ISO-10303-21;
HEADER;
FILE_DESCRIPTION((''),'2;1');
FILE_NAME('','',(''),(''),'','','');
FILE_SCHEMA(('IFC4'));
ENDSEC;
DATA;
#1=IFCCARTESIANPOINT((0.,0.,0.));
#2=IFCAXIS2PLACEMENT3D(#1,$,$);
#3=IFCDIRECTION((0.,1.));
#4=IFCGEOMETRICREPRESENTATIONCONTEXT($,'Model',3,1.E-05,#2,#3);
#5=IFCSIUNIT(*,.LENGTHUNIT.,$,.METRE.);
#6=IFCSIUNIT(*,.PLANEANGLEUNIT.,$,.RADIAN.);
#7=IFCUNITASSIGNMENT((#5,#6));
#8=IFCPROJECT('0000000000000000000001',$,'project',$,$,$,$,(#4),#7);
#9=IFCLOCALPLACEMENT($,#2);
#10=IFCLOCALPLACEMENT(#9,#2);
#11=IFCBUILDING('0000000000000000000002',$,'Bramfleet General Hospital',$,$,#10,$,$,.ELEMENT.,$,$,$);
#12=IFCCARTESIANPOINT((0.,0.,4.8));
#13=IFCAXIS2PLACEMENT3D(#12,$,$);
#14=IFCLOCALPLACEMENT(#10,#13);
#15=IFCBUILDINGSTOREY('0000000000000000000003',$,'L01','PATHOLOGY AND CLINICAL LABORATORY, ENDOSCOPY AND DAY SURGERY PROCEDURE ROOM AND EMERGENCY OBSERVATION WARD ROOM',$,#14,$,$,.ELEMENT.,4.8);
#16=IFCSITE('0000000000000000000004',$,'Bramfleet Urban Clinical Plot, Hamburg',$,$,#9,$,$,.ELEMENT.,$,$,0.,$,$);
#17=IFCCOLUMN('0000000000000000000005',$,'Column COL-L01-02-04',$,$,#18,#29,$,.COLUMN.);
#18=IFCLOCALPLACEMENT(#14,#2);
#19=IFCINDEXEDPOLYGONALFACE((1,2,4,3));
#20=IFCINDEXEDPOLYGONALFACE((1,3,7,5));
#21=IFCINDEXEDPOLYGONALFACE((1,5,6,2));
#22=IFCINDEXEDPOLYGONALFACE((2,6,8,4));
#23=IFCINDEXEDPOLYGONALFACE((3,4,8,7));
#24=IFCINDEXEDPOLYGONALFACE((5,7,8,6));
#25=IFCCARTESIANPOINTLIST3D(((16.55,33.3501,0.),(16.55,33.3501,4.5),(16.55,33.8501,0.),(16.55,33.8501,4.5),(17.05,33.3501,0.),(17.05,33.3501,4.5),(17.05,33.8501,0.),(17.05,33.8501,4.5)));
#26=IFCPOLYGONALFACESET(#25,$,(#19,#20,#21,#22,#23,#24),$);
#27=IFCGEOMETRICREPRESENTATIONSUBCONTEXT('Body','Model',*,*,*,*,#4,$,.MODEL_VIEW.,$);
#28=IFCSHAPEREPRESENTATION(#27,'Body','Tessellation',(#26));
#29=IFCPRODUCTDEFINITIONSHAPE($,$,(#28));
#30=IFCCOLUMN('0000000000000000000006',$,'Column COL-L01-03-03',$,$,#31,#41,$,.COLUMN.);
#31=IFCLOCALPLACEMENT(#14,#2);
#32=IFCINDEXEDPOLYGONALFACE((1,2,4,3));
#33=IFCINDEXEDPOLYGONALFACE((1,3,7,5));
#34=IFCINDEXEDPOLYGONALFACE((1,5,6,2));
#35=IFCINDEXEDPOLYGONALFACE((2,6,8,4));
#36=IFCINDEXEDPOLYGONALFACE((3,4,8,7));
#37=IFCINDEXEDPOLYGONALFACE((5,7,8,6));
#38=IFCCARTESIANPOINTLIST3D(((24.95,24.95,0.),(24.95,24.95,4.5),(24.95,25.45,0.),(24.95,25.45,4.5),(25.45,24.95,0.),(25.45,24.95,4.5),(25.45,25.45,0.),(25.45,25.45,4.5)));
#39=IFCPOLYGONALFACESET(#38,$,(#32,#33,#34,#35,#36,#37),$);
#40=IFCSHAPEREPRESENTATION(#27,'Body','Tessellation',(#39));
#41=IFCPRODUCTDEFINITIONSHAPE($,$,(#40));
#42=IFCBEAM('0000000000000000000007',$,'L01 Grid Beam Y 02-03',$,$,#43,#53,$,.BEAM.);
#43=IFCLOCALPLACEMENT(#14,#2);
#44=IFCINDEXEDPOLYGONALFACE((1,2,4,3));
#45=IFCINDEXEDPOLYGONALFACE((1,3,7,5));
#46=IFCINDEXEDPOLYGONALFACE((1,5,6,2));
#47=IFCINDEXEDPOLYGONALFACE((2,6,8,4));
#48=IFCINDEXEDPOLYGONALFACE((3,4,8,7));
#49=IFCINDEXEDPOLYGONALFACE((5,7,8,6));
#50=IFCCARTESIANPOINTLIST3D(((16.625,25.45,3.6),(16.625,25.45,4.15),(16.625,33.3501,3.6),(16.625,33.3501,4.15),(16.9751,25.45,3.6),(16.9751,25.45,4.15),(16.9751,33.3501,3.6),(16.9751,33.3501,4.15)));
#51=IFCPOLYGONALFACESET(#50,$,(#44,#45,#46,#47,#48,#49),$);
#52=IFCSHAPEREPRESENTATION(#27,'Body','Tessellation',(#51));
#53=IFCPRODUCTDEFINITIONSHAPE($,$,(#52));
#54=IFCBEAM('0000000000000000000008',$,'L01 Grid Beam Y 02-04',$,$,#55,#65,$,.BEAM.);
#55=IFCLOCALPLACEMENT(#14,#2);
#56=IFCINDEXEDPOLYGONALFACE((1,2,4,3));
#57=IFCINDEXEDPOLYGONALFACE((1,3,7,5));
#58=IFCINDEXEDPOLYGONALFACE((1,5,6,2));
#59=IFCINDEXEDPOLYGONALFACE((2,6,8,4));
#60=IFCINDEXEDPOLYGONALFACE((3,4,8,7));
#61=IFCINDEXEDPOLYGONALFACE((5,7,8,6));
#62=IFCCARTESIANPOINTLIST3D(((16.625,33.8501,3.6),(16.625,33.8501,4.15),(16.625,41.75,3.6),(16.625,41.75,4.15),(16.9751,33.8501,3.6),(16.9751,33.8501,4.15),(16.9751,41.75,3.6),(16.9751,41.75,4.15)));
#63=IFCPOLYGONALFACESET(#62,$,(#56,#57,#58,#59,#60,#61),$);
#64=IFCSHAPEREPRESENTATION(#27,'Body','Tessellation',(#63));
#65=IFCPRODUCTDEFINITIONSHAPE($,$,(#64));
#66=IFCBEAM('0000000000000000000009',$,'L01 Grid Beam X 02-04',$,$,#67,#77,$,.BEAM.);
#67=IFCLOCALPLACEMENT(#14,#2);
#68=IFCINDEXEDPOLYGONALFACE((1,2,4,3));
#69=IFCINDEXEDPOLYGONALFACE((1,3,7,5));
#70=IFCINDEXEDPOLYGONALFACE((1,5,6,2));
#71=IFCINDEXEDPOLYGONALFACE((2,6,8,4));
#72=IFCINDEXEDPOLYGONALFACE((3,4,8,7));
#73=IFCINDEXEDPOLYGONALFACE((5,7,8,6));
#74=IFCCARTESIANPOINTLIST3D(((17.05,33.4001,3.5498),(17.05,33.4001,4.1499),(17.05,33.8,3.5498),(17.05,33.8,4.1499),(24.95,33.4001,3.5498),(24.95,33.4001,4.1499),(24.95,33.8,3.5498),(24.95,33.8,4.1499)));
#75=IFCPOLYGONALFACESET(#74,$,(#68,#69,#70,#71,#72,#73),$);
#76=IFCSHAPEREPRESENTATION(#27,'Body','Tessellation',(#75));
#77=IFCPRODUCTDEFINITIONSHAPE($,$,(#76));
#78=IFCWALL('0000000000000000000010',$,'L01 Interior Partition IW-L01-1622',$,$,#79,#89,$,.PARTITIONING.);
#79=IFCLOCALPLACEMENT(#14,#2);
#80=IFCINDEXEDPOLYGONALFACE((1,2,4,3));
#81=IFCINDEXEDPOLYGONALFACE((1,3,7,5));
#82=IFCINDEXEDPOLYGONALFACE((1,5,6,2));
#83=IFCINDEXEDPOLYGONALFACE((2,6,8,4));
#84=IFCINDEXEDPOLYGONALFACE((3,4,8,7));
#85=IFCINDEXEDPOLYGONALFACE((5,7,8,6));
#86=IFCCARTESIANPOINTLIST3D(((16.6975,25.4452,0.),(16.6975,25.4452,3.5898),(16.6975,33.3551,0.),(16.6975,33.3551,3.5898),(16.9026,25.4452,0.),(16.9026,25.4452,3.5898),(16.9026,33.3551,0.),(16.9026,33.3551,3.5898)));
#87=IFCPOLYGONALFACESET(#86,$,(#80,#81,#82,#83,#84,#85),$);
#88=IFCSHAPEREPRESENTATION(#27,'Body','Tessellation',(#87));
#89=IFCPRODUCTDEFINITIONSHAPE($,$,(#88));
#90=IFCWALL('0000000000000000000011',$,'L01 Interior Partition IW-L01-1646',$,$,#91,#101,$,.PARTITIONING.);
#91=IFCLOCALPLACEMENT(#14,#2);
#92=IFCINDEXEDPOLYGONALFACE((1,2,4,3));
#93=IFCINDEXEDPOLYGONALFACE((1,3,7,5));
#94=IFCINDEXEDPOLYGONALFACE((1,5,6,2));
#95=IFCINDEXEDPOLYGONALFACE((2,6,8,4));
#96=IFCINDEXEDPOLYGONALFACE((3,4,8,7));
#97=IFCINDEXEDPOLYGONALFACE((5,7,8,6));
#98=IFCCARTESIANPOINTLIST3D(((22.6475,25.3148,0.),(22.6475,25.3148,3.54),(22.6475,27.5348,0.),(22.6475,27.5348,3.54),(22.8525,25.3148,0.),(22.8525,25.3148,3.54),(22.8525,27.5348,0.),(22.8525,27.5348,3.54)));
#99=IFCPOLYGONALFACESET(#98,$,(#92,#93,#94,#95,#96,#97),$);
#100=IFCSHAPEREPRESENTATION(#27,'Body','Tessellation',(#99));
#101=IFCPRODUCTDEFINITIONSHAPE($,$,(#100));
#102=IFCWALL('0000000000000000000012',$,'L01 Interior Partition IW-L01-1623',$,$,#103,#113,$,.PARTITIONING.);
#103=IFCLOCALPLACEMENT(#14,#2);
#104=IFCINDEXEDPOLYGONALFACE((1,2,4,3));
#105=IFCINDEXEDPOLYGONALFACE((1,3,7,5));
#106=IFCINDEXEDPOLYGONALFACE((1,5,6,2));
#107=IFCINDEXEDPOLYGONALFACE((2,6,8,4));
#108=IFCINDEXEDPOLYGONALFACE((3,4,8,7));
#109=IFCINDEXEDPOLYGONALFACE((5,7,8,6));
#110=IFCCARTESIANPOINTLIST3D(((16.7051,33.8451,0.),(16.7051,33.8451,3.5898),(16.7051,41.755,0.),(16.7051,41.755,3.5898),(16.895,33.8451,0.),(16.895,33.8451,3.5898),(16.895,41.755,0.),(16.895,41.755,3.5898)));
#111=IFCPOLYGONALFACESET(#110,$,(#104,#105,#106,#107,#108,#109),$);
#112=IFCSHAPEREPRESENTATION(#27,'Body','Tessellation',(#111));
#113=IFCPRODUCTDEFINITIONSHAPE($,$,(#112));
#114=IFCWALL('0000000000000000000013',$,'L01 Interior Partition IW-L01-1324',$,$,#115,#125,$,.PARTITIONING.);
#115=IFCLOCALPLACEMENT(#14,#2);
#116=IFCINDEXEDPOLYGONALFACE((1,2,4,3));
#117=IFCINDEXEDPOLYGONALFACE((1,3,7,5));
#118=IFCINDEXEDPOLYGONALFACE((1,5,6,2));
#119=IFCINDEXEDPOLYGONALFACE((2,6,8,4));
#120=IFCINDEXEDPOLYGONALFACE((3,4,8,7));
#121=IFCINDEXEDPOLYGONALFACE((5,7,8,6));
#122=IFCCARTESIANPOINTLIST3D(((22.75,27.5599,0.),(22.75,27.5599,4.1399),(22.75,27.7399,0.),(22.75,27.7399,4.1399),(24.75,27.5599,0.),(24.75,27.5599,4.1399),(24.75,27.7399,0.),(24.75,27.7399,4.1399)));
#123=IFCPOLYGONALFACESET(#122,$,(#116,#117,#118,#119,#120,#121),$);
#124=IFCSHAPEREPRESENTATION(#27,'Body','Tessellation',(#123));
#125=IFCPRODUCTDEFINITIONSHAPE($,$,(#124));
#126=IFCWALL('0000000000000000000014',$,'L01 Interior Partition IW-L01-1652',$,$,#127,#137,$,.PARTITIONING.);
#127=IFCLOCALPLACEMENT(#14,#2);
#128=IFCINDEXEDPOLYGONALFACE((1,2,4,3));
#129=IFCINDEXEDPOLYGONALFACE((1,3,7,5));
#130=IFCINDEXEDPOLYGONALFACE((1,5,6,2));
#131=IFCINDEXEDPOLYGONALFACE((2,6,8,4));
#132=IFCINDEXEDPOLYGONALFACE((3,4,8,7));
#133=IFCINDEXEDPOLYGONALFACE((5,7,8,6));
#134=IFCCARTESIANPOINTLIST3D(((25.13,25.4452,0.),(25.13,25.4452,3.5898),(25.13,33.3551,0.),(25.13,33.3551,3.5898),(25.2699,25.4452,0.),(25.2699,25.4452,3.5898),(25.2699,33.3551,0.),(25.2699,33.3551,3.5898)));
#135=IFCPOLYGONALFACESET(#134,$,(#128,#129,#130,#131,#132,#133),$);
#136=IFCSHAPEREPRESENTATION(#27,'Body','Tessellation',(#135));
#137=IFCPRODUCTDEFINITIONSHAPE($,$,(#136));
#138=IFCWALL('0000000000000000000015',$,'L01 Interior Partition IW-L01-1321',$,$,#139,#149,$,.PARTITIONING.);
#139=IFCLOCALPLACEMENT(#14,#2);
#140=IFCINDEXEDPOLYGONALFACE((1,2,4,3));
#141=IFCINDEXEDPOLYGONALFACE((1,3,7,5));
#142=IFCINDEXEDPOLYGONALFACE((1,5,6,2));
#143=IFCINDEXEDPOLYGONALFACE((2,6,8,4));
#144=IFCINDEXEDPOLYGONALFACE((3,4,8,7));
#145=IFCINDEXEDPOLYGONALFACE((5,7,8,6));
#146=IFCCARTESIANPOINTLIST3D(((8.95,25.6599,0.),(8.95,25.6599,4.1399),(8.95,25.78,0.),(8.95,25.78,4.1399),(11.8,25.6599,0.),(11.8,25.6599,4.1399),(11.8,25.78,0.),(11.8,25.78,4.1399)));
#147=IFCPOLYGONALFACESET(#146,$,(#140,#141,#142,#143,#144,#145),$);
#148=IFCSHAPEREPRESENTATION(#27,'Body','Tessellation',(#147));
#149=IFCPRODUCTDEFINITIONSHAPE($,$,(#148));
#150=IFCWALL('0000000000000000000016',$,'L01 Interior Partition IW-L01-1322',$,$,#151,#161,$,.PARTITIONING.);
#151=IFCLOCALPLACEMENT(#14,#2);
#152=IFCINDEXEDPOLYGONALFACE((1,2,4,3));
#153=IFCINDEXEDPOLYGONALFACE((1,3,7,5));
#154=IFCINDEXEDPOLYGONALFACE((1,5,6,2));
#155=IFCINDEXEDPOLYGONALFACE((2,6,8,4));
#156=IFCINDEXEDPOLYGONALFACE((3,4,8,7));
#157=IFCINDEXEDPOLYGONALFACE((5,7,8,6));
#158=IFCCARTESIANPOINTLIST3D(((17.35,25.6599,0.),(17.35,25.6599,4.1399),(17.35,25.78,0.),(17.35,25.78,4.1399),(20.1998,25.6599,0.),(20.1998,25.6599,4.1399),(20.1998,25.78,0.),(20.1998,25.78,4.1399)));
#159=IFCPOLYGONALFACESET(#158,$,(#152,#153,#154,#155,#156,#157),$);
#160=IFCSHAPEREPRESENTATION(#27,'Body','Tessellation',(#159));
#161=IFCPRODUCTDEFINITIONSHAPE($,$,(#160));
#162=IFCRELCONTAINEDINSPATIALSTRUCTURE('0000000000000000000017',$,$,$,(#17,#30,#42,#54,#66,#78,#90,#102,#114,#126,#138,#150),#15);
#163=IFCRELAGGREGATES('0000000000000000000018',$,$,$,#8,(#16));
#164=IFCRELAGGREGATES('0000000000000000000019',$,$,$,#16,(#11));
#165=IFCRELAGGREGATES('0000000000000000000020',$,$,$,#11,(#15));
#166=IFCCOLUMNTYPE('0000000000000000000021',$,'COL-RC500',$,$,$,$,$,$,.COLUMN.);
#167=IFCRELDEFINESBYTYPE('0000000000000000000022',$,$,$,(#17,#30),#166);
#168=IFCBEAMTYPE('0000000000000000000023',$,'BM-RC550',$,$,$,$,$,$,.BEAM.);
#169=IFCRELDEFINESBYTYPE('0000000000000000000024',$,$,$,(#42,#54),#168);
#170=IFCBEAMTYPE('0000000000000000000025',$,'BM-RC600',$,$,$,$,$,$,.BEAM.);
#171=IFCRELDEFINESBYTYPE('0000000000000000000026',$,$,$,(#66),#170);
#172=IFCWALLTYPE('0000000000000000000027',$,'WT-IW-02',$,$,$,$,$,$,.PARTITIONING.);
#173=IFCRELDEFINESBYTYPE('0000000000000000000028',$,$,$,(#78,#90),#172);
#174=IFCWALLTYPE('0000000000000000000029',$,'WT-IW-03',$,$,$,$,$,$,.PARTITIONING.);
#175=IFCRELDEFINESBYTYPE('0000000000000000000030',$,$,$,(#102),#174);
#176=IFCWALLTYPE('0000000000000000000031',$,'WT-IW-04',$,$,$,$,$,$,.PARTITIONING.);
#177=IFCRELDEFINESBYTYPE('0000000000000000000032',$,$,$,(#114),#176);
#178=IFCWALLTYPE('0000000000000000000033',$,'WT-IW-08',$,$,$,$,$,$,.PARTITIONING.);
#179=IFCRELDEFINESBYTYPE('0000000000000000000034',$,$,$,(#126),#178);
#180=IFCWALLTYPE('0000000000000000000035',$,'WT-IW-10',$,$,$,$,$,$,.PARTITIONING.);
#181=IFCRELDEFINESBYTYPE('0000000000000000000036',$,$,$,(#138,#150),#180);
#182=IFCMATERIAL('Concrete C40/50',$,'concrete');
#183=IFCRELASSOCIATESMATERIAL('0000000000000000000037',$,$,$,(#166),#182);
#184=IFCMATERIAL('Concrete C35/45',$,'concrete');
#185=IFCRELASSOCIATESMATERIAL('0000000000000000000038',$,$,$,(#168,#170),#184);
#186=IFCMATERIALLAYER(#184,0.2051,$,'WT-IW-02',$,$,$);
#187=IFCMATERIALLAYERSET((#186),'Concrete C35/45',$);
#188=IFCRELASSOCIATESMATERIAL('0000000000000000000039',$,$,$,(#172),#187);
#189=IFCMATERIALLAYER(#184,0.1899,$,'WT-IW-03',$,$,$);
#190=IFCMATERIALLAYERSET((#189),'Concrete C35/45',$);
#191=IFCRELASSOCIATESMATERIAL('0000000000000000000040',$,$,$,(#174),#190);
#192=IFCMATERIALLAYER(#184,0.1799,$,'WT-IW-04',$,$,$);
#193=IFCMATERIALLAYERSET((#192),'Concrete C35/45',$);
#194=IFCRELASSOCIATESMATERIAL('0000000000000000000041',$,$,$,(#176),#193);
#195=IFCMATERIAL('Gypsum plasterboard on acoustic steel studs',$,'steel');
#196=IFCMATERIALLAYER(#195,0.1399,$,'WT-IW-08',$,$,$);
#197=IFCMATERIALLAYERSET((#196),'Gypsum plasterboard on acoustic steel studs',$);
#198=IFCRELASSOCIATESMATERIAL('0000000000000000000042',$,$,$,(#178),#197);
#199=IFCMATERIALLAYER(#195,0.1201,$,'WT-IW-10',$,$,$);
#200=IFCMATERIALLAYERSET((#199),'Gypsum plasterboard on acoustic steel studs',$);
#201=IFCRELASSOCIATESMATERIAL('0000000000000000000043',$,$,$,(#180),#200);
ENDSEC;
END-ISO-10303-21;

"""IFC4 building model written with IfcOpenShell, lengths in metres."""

from ifc_helpers import new_model, si_unit, direction, frame, frame_2d, origin, origin_2d, place, context, subcontext, project, spatial, rectangle, extrude, material, layer, layer_set, material_profile, profile_set, type_object, element, save


model = new_model("IFC4")

# Units and contexts
model_context = context("Model", 3, precision=1e-05, world=origin(), true_north=direction((0.0, 1.0)))
body_context = subcontext(model_context, "Body", "Model", "MODEL_VIEW")
ifc_project = project(units=[si_unit("LENGTHUNIT", "METRE"), si_unit("PLANEANGLEUNIT", "RADIAN")], contexts=[model_context])

# Site, building, storey
site_placement = place(None, origin())
site = spatial("IfcSite", under=ifc_project, at=site_placement, Name="Bramfleet Urban Clinical Plot, Hamburg", CompositionType="ELEMENT", RefElevation=0.0)
building_placement = place(site_placement, origin())
building = spatial("IfcBuilding", under=site, at=building_placement, Name="Bramfleet General Hospital", CompositionType="ELEMENT")
storey_placement = place(building_placement, frame((0.0, 0.0, 4.8)))
storey = spatial("IfcBuildingStorey", under=building, at=storey_placement, Name="L01", Description="PATHOLOGY AND CLINICAL LABORATORY, ENDOSCOPY AND DAY SURGERY PROCEDURE ROOM AND EMERGENCY OBSERVATION WARD ROOM", CompositionType="ELEMENT", Elevation=4.8)

# Columns
ifc_material_1 = material(Name="Concrete C40/50", Category="concrete")
ifc_material_profile_1 = material_profile(ifc_material_1, rectangle(XDim=0.5, YDim=0.5, at=origin_2d()), Name="RC COL 500x500")
ifc_profile_set_1 = profile_set([ifc_material_profile_1], Name="Concrete C40/50")
column_type = type_object("IfcColumnType", Name="COL-RC500", PredefinedType="COLUMN", material=ifc_profile_set_1)
for number, where, z_axis, x_axis, name in (
    (1, (16.8, 33.6001, 0.0), (0.0, 0.0, 1.0), (1.0, 0.0, 0.0), "Column COL-L01-02-04"),
    (2, (25.2, 25.2, 0.0), (0.0, 0.0, 1.0), (1.0, 0.0, 0.0), "Column COL-L01-03-03"),
):
    element("IfcColumn", number, at=place(storey_placement, frame(where, z_axis=z_axis, x_axis=x_axis)), inside=storey, type_object=column_type, Name=name, PredefinedType="COLUMN", context=body_context, shape_type="SweptSolid", body=[
        extrude(rectangle(XDim=0.5, YDim=0.5, at=origin_2d()), origin(), (0.0, 0.0, 1.0), 4.5),
    ])

# Beams
ifc_material_2 = material(Name="Concrete C35/45", Category="concrete")
ifc_material_profile_2 = material_profile(ifc_material_2, rectangle(XDim=0.3501, YDim=0.55, at=origin_2d()), Name="RC BM 550x350")
ifc_profile_set_2 = profile_set([ifc_material_profile_2], Name="Concrete C35/45")
beam_type_1 = type_object("IfcBeamType", Name="BM-RC550", PredefinedType="BEAM", material=ifc_profile_set_2)
beam_1_placement = place(storey_placement, frame((16.8, 25.45, 3.875), z_axis=(0.0, 1.0, 0.0), x_axis=(-1.0, 0.0, 0.0)))
element("IfcBeam", 3, at=beam_1_placement, inside=storey, type_object=beam_type_1, Name="L01 Grid Beam Y 02-03", PredefinedType="BEAM", context=body_context, shape_type="SweptSolid", body=[
    extrude(rectangle(XDim=0.3501, YDim=0.55, at=origin_2d()), origin(), (0.0, 0.0, 1.0), 7.9001),
])
beam_2_placement = place(storey_placement, frame((16.8, 33.8501, 3.875), z_axis=(0.0, 1.0, 0.0), x_axis=(-1.0, 0.0, 0.0)))
element("IfcBeam", 4, at=beam_2_placement, inside=storey, type_object=beam_type_1, Name="L01 Grid Beam Y 02-04", PredefinedType="BEAM", context=body_context, shape_type="SweptSolid", body=[
    extrude(rectangle(XDim=0.3501, YDim=0.55, at=origin_2d()), origin(), (0.0, 0.0, 1.0), 7.8999),
])
ifc_material_profile_3 = material_profile(ifc_material_2, rectangle(XDim=0.3999, YDim=0.6001, at=origin_2d()), Name="RC BM 600x400")
ifc_profile_set_3 = profile_set([ifc_material_profile_3], Name="Concrete C35/45")
beam_type_2 = type_object("IfcBeamType", Name="BM-RC600", PredefinedType="BEAM", material=ifc_profile_set_3)
beam_3_placement = place(storey_placement, frame((17.05, 33.6001, 3.8499), z_axis=(1.0, 0.0, 0.0), x_axis=(0.0, 1.0, 0.0)))
element("IfcBeam", 5, at=beam_3_placement, inside=storey, type_object=beam_type_2, Name="L01 Grid Beam X 02-04", PredefinedType="BEAM", context=body_context, shape_type="SweptSolid", body=[
    extrude(rectangle(XDim=0.3999, YDim=0.6001, at=origin_2d()), origin(), (0.0, 0.0, 1.0), 7.8999),
])

# Walls
ifc_layer_1 = layer(ifc_material_2, 0.2051, Name="WT-IW-02")
ifc_layer_set_1 = layer_set([ifc_layer_1], Name="Concrete C35/45")
wall_type_1 = type_object("IfcWallType", Name="WT-IW-02", PredefinedType="PARTITIONING", material=ifc_layer_set_1)
wall_1_placement = place(storey_placement, frame((16.8, 25.4451, 0.0), z_axis=(0.0, 0.0, 1.0), x_axis=(0.0, 1.0, 0.0)))
element("IfcWall", 6, at=wall_1_placement, inside=storey, type_object=wall_type_1, Name="L01 Interior Partition IW-L01-1622", PredefinedType="PARTITIONING", context=body_context, shape_type="SweptSolid", body=[
    extrude(rectangle(XDim=7.9099, YDim=0.2051, at=frame_2d((3.9551, 0.0))), origin(), (0.0, 0.0, 1.0), 3.5898),
])
wall_2_placement = place(storey_placement, frame((22.75, 25.3149, 0.0), z_axis=(0.0, 0.0, 1.0), x_axis=(0.0, 1.0, 0.0)))
element("IfcWall", 7, at=wall_2_placement, inside=storey, type_object=wall_type_1, Name="L01 Interior Partition IW-L01-1646", PredefinedType="PARTITIONING", context=body_context, shape_type="SweptSolid", body=[
    extrude(rectangle(XDim=2.22, YDim=0.2051, at=frame_2d((1.1099, 0.0))), origin(), (0.0, 0.0, 1.0), 3.54),
])
ifc_layer_2 = layer(ifc_material_2, 0.1899, Name="WT-IW-03")
ifc_layer_set_2 = layer_set([ifc_layer_2], Name="Concrete C35/45")
wall_type_2 = type_object("IfcWallType", Name="WT-IW-03", PredefinedType="PARTITIONING", material=ifc_layer_set_2)
wall_3_placement = place(storey_placement, frame((16.8, 33.845, 0.0), z_axis=(0.0, 0.0, 1.0), x_axis=(0.0, 1.0, 0.0)))
element("IfcWall", 8, at=wall_3_placement, inside=storey, type_object=wall_type_2, Name="L01 Interior Partition IW-L01-1623", PredefinedType="PARTITIONING", context=body_context, shape_type="SweptSolid", body=[
    extrude(rectangle(XDim=7.9099, YDim=0.1899, at=frame_2d((3.9551, 0.0))), origin(), (0.0, 0.0, 1.0), 3.5898),
])
ifc_layer_3 = layer(ifc_material_2, 0.1799, Name="WT-IW-04")
ifc_layer_set_3 = layer_set([ifc_layer_3], Name="Concrete C35/45")
wall_type_3 = type_object("IfcWallType", Name="WT-IW-04", PredefinedType="PARTITIONING", material=ifc_layer_set_3)
wall_4_placement = place(storey_placement, frame((22.75, 27.6499, 0.0), z_axis=(0.0, 0.0, 1.0), x_axis=(1.0, 0.0, 0.0)))
element("IfcWall", 9, at=wall_4_placement, inside=storey, type_object=wall_type_3, Name="L01 Interior Partition IW-L01-1324", PredefinedType="PARTITIONING", context=body_context, shape_type="SweptSolid", body=[
    extrude(rectangle(XDim=2.0, YDim=0.1799, at=frame_2d((1.0, 0.0))), origin(), (0.0, 0.0, 1.0), 4.1399),
])
ifc_material_3 = material(Name="Gypsum plasterboard on acoustic steel studs", Category="steel")
ifc_layer_4 = layer(ifc_material_3, 0.1399, Name="WT-IW-08")
ifc_layer_set_4 = layer_set([ifc_layer_4], Name="Gypsum plasterboard on acoustic steel studs")
wall_type_4 = type_object("IfcWallType", Name="WT-IW-08", PredefinedType="PARTITIONING", material=ifc_layer_set_4)
wall_5_placement = place(storey_placement, frame((25.2, 25.4451, 0.0), z_axis=(0.0, 0.0, 1.0), x_axis=(0.0, 1.0, 0.0)))
element("IfcWall", 10, at=wall_5_placement, inside=storey, type_object=wall_type_4, Name="L01 Interior Partition IW-L01-1652", PredefinedType="PARTITIONING", context=body_context, shape_type="SweptSolid", body=[
    extrude(rectangle(XDim=7.9099, YDim=0.1399, at=frame_2d((3.9551, 0.0))), origin(), (0.0, 0.0, 1.0), 3.5898),
])
ifc_layer_5 = layer(ifc_material_3, 0.1201, Name="WT-IW-10")
ifc_layer_set_5 = layer_set([ifc_layer_5], Name="Gypsum plasterboard on acoustic steel studs")
wall_type_5 = type_object("IfcWallType", Name="WT-IW-10", PredefinedType="PARTITIONING", material=ifc_layer_set_5)
wall_6_placement = place(storey_placement, frame((8.95, 25.72, 0.0), z_axis=(0.0, 0.0, 1.0), x_axis=(1.0, 0.0, 0.0)))
element("IfcWall", 11, at=wall_6_placement, inside=storey, type_object=wall_type_5, Name="L01 Interior Partition IW-L01-1321", PredefinedType="PARTITIONING", context=body_context, shape_type="SweptSolid", body=[
    extrude(rectangle(XDim=2.8501, YDim=0.1201, at=frame_2d((1.425, 0.0))), origin(), (0.0, 0.0, 1.0), 4.1399),
])
wall_7_placement = place(storey_placement, frame((17.3501, 25.72, 0.0), z_axis=(0.0, 0.0, 1.0), x_axis=(1.0, 0.0, 0.0)))
element("IfcWall", 12, at=wall_7_placement, inside=storey, type_object=wall_type_5, Name="L01 Interior Partition IW-L01-1322", PredefinedType="PARTITIONING", context=body_context, shape_type="SweptSolid", body=[
    extrude(rectangle(XDim=2.8499, YDim=0.1201, at=frame_2d((1.4248, 0.0))), origin(), (0.0, 0.0, 1.0), 4.1399),
])

save(model, "model.ifc")
